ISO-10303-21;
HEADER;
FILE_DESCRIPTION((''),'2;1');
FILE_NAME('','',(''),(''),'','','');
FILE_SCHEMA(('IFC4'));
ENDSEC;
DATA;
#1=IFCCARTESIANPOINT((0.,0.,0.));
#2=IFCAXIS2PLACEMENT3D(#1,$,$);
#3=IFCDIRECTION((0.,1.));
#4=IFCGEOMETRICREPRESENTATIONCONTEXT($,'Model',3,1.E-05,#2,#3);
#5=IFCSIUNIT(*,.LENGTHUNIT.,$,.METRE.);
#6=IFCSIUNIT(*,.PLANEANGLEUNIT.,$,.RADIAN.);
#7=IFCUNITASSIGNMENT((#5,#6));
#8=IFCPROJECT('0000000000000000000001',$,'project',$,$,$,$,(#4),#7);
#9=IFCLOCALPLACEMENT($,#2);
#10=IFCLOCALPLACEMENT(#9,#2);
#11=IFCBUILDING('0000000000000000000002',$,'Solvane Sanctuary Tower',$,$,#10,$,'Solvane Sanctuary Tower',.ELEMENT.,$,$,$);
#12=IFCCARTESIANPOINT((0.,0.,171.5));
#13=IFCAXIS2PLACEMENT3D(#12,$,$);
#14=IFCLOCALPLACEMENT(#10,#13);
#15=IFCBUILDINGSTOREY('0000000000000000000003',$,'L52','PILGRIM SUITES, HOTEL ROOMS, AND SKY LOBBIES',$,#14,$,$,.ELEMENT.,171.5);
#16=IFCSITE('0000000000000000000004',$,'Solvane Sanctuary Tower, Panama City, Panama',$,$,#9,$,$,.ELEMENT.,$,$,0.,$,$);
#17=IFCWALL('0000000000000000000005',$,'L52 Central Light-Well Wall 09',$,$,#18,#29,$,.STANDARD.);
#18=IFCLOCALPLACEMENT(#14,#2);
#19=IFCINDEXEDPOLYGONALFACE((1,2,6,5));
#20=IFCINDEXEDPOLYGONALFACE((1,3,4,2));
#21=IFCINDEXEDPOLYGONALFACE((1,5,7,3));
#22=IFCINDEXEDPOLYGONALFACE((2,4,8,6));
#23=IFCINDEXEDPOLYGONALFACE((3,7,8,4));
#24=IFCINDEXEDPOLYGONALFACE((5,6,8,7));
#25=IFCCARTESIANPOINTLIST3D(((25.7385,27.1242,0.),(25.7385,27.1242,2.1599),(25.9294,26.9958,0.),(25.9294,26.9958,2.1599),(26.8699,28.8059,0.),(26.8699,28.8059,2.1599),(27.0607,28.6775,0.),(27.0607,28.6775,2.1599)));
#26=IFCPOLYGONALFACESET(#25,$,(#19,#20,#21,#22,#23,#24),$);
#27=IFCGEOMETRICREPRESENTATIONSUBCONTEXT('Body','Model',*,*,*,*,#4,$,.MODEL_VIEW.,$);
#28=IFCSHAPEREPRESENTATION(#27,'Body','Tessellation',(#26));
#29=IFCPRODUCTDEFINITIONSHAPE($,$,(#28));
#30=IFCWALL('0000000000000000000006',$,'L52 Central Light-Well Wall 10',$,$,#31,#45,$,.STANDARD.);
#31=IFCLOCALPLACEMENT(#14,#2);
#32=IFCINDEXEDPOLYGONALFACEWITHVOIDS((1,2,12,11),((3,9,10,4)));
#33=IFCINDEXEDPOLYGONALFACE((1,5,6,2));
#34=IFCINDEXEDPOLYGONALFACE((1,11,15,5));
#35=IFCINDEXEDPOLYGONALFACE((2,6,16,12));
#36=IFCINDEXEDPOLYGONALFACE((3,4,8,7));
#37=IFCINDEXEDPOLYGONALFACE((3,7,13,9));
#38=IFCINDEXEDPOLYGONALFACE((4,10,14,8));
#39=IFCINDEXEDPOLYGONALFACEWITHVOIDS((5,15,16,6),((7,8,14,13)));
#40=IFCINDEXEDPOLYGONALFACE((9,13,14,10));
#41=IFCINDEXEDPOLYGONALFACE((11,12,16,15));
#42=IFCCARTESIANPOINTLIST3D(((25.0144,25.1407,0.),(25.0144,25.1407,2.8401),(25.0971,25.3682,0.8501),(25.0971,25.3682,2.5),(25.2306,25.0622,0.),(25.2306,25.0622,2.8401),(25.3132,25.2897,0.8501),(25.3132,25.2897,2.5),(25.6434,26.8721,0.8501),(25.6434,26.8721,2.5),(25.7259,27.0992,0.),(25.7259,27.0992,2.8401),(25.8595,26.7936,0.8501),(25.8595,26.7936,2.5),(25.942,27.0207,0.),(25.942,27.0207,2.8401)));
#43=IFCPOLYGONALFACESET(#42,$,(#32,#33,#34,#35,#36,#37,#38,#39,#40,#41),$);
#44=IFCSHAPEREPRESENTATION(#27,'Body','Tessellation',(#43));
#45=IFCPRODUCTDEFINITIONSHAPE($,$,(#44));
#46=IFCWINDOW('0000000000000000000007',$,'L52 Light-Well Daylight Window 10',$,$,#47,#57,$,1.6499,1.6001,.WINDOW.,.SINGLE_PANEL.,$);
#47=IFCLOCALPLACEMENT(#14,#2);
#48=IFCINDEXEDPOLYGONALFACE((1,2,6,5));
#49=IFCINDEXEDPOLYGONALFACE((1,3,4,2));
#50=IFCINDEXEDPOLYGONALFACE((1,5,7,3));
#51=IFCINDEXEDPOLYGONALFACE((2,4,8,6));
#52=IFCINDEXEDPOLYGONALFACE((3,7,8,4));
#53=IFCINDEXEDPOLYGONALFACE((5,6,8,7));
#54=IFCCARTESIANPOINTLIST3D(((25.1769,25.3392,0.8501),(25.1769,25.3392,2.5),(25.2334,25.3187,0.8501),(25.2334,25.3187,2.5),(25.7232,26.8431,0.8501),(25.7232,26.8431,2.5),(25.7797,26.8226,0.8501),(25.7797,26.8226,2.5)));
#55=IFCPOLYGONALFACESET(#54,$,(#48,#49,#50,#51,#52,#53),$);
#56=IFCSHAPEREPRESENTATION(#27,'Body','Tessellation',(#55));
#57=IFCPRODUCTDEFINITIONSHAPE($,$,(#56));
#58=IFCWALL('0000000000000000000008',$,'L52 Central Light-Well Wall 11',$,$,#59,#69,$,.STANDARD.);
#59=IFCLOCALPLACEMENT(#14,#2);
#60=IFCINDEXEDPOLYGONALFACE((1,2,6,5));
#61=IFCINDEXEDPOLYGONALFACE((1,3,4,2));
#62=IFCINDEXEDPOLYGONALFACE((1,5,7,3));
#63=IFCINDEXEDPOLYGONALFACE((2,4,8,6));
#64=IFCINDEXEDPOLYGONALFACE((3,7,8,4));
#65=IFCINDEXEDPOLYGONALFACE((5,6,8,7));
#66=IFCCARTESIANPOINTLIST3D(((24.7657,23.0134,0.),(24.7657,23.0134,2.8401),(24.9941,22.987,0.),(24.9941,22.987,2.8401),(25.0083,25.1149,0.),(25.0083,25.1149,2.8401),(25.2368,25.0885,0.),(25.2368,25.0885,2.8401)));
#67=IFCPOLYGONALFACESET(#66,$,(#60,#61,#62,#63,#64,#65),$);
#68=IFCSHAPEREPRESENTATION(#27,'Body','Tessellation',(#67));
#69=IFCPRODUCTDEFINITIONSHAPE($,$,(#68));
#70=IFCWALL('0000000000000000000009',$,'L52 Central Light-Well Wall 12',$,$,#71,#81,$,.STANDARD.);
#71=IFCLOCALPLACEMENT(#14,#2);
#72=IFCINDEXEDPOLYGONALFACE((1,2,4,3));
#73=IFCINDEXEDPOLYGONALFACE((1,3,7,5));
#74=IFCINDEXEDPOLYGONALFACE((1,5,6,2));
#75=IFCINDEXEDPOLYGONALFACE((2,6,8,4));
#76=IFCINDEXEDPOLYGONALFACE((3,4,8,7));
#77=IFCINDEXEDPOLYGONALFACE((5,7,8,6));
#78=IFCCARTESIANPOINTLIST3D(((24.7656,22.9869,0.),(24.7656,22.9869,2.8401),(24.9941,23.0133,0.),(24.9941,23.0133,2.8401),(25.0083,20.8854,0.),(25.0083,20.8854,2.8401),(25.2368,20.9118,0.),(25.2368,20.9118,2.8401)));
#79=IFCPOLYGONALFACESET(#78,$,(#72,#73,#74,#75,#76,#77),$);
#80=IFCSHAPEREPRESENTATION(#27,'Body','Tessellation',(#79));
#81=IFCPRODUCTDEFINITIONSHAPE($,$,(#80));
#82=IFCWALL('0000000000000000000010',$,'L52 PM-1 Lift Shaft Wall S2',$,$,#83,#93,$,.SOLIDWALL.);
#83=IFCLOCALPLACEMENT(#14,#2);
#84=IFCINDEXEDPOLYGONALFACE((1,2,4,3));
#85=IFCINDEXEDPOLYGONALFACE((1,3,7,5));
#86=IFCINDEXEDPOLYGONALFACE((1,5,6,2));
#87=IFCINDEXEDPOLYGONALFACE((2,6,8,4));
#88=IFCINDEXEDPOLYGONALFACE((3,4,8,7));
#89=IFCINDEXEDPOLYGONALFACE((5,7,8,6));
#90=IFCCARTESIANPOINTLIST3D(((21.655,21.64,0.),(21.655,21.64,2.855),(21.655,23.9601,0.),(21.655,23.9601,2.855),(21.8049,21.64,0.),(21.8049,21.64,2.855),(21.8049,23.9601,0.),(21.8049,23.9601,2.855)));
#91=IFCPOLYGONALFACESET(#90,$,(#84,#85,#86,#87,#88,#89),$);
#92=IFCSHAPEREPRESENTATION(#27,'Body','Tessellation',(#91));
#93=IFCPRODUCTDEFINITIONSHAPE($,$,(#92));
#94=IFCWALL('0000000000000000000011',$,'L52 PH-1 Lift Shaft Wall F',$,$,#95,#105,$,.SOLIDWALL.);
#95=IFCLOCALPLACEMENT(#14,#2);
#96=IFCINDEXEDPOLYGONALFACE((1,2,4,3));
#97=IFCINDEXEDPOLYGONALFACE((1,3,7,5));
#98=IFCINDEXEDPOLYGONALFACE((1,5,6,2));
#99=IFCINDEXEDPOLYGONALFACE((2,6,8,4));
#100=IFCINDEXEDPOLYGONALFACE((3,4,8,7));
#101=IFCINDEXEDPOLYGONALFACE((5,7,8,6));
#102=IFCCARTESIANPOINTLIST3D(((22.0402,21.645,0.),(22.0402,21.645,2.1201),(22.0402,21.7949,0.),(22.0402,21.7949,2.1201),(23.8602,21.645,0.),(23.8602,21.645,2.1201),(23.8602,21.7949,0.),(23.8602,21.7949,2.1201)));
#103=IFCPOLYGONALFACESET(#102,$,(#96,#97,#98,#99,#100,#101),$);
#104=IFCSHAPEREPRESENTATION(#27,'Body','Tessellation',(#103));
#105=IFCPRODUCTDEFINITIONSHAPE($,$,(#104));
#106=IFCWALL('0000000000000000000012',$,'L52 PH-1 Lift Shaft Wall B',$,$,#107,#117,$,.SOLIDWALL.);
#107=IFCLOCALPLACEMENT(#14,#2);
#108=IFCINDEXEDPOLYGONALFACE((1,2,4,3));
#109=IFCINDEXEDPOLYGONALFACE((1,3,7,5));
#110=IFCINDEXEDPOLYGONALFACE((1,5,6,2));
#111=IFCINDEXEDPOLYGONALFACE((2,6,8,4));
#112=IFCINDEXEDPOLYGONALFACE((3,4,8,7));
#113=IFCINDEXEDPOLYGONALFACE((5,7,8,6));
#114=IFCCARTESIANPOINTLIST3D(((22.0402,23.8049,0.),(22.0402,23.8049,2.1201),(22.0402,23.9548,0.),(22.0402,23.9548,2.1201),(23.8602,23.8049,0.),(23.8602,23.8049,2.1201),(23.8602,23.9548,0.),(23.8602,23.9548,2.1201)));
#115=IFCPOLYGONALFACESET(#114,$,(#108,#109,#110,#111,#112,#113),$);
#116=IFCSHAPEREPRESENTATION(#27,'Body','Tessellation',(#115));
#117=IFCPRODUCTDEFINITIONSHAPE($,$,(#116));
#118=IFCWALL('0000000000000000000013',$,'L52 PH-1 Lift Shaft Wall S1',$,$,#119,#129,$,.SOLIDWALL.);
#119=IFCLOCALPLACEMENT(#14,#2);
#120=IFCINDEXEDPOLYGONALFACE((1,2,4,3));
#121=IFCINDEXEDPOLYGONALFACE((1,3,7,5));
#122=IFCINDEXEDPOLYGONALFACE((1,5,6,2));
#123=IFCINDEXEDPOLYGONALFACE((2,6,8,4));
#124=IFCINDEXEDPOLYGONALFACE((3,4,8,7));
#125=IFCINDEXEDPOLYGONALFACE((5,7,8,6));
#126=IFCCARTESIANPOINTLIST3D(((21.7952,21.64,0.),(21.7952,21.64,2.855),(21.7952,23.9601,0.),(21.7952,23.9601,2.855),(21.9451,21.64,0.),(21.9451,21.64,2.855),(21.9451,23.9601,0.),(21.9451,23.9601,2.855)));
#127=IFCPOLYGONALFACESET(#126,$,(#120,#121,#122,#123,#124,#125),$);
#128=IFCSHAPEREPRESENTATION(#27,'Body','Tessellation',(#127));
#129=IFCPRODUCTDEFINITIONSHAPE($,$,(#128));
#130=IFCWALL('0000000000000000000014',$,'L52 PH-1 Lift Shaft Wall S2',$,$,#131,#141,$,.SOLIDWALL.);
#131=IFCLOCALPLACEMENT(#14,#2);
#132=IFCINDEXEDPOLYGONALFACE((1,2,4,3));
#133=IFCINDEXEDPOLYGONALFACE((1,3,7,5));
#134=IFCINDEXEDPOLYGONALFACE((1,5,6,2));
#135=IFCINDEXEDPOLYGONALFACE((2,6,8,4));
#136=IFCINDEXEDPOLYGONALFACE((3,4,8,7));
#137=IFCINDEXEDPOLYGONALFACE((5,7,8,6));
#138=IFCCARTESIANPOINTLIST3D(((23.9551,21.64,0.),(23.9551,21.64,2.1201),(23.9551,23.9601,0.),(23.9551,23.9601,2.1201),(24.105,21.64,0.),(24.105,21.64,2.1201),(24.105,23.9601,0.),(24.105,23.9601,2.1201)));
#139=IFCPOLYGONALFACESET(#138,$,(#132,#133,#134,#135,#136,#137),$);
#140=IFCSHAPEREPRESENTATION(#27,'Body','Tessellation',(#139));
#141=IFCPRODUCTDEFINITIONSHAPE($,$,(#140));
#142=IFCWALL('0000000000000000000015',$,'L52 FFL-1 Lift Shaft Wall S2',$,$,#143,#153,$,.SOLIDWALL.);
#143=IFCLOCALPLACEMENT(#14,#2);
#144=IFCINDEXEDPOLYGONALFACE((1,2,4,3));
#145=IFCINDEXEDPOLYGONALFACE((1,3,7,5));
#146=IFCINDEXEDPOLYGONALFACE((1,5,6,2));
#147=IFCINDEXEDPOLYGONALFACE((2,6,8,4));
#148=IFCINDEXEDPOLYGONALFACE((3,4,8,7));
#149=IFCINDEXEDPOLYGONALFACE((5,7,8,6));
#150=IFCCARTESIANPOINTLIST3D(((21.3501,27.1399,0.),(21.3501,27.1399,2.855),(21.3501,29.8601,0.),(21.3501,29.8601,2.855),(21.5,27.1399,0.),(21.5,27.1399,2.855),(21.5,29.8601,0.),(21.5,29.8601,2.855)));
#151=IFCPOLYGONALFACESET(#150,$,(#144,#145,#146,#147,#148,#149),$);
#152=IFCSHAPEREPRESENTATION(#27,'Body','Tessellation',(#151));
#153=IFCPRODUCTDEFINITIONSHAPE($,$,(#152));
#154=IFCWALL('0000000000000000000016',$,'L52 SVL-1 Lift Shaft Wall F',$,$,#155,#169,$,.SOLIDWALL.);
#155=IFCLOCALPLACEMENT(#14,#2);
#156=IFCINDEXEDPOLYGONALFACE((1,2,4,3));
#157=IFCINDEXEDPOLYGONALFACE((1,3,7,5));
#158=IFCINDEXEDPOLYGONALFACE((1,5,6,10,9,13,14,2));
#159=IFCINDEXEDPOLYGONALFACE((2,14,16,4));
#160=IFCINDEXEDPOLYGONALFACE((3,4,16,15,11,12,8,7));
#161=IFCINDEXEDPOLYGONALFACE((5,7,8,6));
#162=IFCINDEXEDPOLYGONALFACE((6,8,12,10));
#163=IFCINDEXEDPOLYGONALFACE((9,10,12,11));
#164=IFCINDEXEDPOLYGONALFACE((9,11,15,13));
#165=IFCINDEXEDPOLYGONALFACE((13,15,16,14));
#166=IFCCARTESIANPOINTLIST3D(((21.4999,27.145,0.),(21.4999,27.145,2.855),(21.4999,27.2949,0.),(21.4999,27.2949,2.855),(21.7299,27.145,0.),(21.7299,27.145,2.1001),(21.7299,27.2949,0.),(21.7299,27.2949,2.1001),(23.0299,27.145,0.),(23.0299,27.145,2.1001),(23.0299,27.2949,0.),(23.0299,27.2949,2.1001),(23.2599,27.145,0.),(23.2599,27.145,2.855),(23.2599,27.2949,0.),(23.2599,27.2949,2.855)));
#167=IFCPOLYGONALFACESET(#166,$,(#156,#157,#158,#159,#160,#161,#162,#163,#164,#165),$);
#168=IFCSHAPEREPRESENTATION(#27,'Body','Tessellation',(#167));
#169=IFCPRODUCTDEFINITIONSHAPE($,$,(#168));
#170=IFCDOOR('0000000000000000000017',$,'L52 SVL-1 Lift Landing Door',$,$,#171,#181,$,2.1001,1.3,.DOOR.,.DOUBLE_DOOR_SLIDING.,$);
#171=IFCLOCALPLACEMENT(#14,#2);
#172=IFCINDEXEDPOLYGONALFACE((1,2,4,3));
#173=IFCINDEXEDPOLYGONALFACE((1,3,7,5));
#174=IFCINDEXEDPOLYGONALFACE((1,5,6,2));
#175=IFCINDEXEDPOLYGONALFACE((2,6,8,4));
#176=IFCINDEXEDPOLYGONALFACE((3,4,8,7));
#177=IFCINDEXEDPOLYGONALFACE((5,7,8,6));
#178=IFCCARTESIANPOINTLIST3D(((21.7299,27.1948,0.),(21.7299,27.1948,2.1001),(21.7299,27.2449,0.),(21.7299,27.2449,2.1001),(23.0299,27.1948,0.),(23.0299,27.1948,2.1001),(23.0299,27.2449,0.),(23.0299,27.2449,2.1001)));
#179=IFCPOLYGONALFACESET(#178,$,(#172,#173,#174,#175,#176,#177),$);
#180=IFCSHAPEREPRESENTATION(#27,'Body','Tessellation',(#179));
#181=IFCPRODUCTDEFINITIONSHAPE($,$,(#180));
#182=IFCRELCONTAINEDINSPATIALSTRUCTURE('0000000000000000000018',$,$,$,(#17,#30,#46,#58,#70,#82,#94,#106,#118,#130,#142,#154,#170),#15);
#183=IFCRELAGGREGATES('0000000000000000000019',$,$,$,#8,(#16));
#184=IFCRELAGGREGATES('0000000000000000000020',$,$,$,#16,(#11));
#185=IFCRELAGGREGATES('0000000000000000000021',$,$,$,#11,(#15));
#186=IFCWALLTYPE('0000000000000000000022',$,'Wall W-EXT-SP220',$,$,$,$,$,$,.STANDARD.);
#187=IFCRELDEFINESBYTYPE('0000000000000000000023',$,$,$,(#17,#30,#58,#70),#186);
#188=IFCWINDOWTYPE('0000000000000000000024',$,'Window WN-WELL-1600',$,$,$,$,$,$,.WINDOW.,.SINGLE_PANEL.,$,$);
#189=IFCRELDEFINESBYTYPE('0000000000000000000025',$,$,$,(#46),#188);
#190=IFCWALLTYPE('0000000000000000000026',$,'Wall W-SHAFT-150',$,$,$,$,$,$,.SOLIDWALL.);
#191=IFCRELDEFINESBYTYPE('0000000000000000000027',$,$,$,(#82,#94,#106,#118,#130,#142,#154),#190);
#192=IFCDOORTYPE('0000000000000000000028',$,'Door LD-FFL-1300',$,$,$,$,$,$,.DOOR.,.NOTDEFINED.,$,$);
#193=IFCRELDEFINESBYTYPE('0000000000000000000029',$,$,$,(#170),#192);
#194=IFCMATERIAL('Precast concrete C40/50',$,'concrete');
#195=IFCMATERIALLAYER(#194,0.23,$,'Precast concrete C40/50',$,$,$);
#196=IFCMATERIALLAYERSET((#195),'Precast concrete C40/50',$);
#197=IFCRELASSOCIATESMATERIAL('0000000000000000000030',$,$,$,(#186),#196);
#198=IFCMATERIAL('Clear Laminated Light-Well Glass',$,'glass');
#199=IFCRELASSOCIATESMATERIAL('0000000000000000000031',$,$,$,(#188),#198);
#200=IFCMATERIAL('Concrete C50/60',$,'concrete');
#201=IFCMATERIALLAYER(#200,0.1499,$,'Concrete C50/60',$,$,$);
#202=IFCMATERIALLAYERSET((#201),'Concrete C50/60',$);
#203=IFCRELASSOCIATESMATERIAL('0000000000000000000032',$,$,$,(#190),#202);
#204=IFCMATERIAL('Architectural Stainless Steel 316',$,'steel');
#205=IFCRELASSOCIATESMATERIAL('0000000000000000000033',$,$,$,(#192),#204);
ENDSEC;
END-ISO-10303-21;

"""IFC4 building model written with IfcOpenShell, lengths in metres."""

from ifc_helpers import new_model, si_unit, direction, frame, frame_2d, origin, place, context, subcontext, project, spatial, rectangle, extrude, material, layer, layer_set, type_object, element, fill, save


model = new_model("IFC4")

# Units and contexts
model_context = context("Model", 3, precision=1e-05, world=origin(), true_north=direction((0.0, 1.0)))
body_context = subcontext(model_context, "Body", "Model", "MODEL_VIEW")
ifc_project = project(units=[si_unit("LENGTHUNIT", "METRE"), si_unit("PLANEANGLEUNIT", "RADIAN")], contexts=[model_context])

# Site, building, storey
site_placement = place(None, origin())
site = spatial("IfcSite", under=ifc_project, at=site_placement, Name="Solvane Sanctuary Tower, Panama City, Panama", CompositionType="ELEMENT", RefElevation=0.0)
building_placement = place(site_placement, origin())
building = spatial("IfcBuilding", under=site, at=building_placement, Name="Solvane Sanctuary Tower", LongName="Solvane Sanctuary Tower", CompositionType="ELEMENT")
storey_placement = place(building_placement, frame((0.0, 0.0, 171.5)))
storey = spatial("IfcBuildingStorey", under=building, at=storey_placement, Name="L52", Description="PILGRIM SUITES, HOTEL ROOMS, AND SKY LOBBIES", CompositionType="ELEMENT", Elevation=171.5)

# Shared definitions
ifc_material_1 = material(Name="Concrete C50/60", Category="concrete")

# Shared definitions
ifc_material_2 = material(Name="Architectural Stainless Steel 316", Category="steel")

# Wall
ifc_material_3 = material(Name="Precast concrete C40/50", Category="concrete")
ifc_layer_1 = layer(ifc_material_3, 0.23, Name="Precast concrete C40/50")
ifc_layer_set_1 = layer_set([ifc_layer_1], Name="Precast concrete C40/50")
wall_type_1 = type_object("IfcWallType", Name="Wall W-EXT-SP220", PredefinedType="STANDARD", material=ifc_layer_set_1)
wall_1_placement = place(storey_placement, frame((26.9653, 28.7417, 0.0), z_axis=(0.0, 0.0, 1.0), x_axis=(-0.558198, -0.829708, 0.0)))
element("IfcWall", 1, at=wall_1_placement, inside=storey, type_object=wall_type_1, Name="L52 Central Light-Well Wall 09", PredefinedType="STANDARD", context=body_context, shape_type="SweptSolid", body=[
    extrude(rectangle(XDim=2.0269, YDim=0.23, at=frame_2d((1.0134, 0.0))), origin(), (0.0, 0.0, 1.0), 2.1599),
])

# Wall, opening, window
wall_2_placement = place(storey_placement, frame((25.834, 27.0601, 0.0), z_axis=(0.0, 0.0, 1.0), x_axis=(-0.341423, -0.93991, 0.0)))
wall_2 = element("IfcWall", 2, at=wall_2_placement, inside=storey, type_object=wall_type_1, Name="L52 Central Light-Well Wall 10", PredefinedType="STANDARD", context=body_context, shape_type="SweptSolid", body=[
    extrude(rectangle(XDim=2.0837, YDim=0.23, at=frame_2d((1.042, 0.0))), origin(), (0.0, 0.0, 1.0), 2.8401),
])
opening_1_placement = place(wall_2_placement, frame((0.2417, 0.0, 0.8501)))
opening_1 = element("IfcOpeningElement", 3, at=opening_1_placement, cuts=wall_2, PredefinedType="OPENING", context=body_context, shape_type="SweptSolid", body=[
    extrude(rectangle(XDim=1.6001, YDim=1.6499, at=frame_2d((0.8, 0.825))), frame((0.0, 0.125, 0.0), z_axis=(0.0, -1.0, 0.0), x_axis=(1.0, 0.0, 0.0)), (0.0, 0.0, 1.0), 0.25),
])
ifc_material_4 = material(Name="Clear Laminated Light-Well Glass", Category="glass")
window_type = type_object("IfcWindowType", Name="Window WN-WELL-1600", PartitioningType="SINGLE_PANEL", PredefinedType="WINDOW", material=ifc_material_4)
window_placement = place(opening_1_placement, origin())
window = element("IfcWindow", 4, at=window_placement, inside=storey, type_object=window_type, Name="L52 Light-Well Daylight Window 10", OverallHeight=1.6499, OverallWidth=1.6001, PartitioningType="SINGLE_PANEL", PredefinedType="WINDOW", context=body_context, shape_type="SweptSolid", body=[
    extrude(rectangle(XDim=1.6001, YDim=1.6499, at=frame_2d((0.8, 0.825))), frame((0.0, 0.03, 0.0), z_axis=(0.0, -1.0, 0.0), x_axis=(1.0, 0.0, 0.0)), (0.0, 0.0, 1.0), 0.0601),
])
fill(opening_1, window)

# Walls
for number, where, z_axis, x_axis, name in (
    (5, (25.1226, 25.1016, 0.0), (0.0, 0.0, 1.0), (-0.114712, -0.993399, 0.0), "L52 Central Light-Well Wall 11"),
    (6, (24.8799, 23.0, 0.0), (0.0, 0.0, 1.0), (0.114712, -0.993399, 0.0), "L52 Central Light-Well Wall 12"),
):
    element("IfcWall", number, at=place(storey_placement, frame(where, z_axis=z_axis, x_axis=x_axis)), inside=storey, type_object=wall_type_1, Name=name, PredefinedType="STANDARD", context=body_context, shape_type="SweptSolid", body=[
        extrude(rectangle(XDim=2.1155, YDim=0.23, at=frame_2d((1.0576, 0.0))), origin(), (0.0, 0.0, 1.0), 2.8401),
    ])
ifc_layer_2 = layer(ifc_material_1, 0.1499, Name="Concrete C50/60")
ifc_layer_set_2 = layer_set([ifc_layer_2], Name="Concrete C50/60")
wall_type_2 = type_object("IfcWallType", Name="Wall W-SHAFT-150", PredefinedType="SOLIDWALL", material=ifc_layer_set_2)
wall_3_placement = place(storey_placement, frame((21.73, 21.6399, 0.0), z_axis=(0.0, 0.0, 1.0), x_axis=(0.0, 1.0, 0.0)))
element("IfcWall", 7, at=wall_3_placement, inside=storey, type_object=wall_type_2, Name="L52 PM-1 Lift Shaft Wall S2", PredefinedType="SOLIDWALL", context=body_context, shape_type="SweptSolid", body=[
    extrude(rectangle(XDim=2.3201, YDim=0.1499, at=frame_2d((1.1602, 0.0))), origin(), (0.0, 0.0, 1.0), 2.855),
])
for number, where, z_axis, x_axis, name in (
    (8, (22.04, 21.72, 0.0), (0.0, 0.0, 1.0), (1.0, 0.0, 0.0), "L52 PH-1 Lift Shaft Wall F"),
    (9, (22.04, 23.8799, 0.0), (0.0, 0.0, 1.0), (1.0, 0.0, 0.0), "L52 PH-1 Lift Shaft Wall B"),
):
    element("IfcWall", number, at=place(storey_placement, frame(where, z_axis=z_axis, x_axis=x_axis)), inside=storey, type_object=wall_type_2, Name=name, PredefinedType="SOLIDWALL", context=body_context, shape_type="SweptSolid", body=[
        extrude(rectangle(XDim=1.8201, YDim=0.1499, at=frame_2d((0.9102, 0.0))), origin(), (0.0, 0.0, 1.0), 2.1201),
    ])
wall_4_placement = place(storey_placement, frame((21.8701, 21.6399, 0.0), z_axis=(0.0, 0.0, 1.0), x_axis=(0.0, 1.0, 0.0)))
element("IfcWall", 10, at=wall_4_placement, inside=storey, type_object=wall_type_2, Name="L52 PH-1 Lift Shaft Wall S1", PredefinedType="SOLIDWALL", context=body_context, shape_type="SweptSolid", body=[
    extrude(rectangle(XDim=2.3201, YDim=0.1499, at=frame_2d((1.1602, 0.0))), origin(), (0.0, 0.0, 1.0), 2.855),
])
wall_5_placement = place(storey_placement, frame((24.03, 21.6399, 0.0), z_axis=(0.0, 0.0, 1.0), x_axis=(0.0, 1.0, 0.0)))
element("IfcWall", 11, at=wall_5_placement, inside=storey, type_object=wall_type_2, Name="L52 PH-1 Lift Shaft Wall S2", PredefinedType="SOLIDWALL", context=body_context, shape_type="SweptSolid", body=[
    extrude(rectangle(XDim=2.3201, YDim=0.1499, at=frame_2d((1.1602, 0.0))), origin(), (0.0, 0.0, 1.0), 2.1201),
])
wall_6_placement = place(storey_placement, frame((21.425, 27.1399, 0.0), z_axis=(0.0, 0.0, 1.0), x_axis=(0.0, 1.0, 0.0)))
element("IfcWall", 12, at=wall_6_placement, inside=storey, type_object=wall_type_2, Name="L52 FFL-1 Lift Shaft Wall S2", PredefinedType="SOLIDWALL", context=body_context, shape_type="SweptSolid", body=[
    extrude(rectangle(XDim=2.7202, YDim=0.1499, at=frame_2d((1.3601, 0.0))), origin(), (0.0, 0.0, 1.0), 2.855),
])

# Wall, opening, door
wall_7_placement = place(storey_placement, frame((21.5, 27.22, 0.0), z_axis=(0.0, 0.0, 1.0), x_axis=(1.0, 0.0, 0.0)))
wall_7 = element("IfcWall", 13, at=wall_7_placement, inside=storey, type_object=wall_type_2, Name="L52 SVL-1 Lift Shaft Wall F", PredefinedType="SOLIDWALL", context=body_context, shape_type="SweptSolid", body=[
    extrude(rectangle(XDim=1.76, YDim=0.1499, at=frame_2d((0.8799, 0.0))), origin(), (0.0, 0.0, 1.0), 2.855),
])
opening_2_placement = place(wall_7_placement, frame((0.23, 0.0, 0.0)))
opening_2 = element("IfcOpeningElement", 14, at=opening_2_placement, cuts=wall_7, PredefinedType="OPENING", context=body_context, shape_type="SweptSolid", body=[
    extrude(rectangle(XDim=1.3, YDim=2.1001, at=frame_2d((0.6499, 1.05))), frame((0.0, 0.085, 0.0), z_axis=(0.0, -1.0, 0.0), x_axis=(1.0, 0.0, 0.0)), (0.0, 0.0, 1.0), 0.1699),
])
door_type_1 = type_object("IfcDoorType", Name="Door LD-FFL-1300", OperationType="NOTDEFINED", PredefinedType="DOOR", material=ifc_material_2)
door_1_placement = place(opening_2_placement, origin())
door_1 = element("IfcDoor", 15, at=door_1_placement, inside=storey, type_object=door_type_1, Name="L52 SVL-1 Lift Landing Door", OperationType="DOUBLE_DOOR_SLIDING", OverallHeight=2.1001, OverallWidth=1.3, PredefinedType="DOOR", context=body_context, shape_type="SweptSolid", body=[
    extrude(rectangle(XDim=1.3, YDim=2.1001, at=frame_2d((0.6499, 1.05))), frame((0.0, 0.0249, 0.0), z_axis=(0.0, -1.0, 0.0), x_axis=(1.0, 0.0, 0.0)), (0.0, 0.0, 1.0), 0.05),
])
fill(opening_2, door_1)

save(model, "model.ifc")
